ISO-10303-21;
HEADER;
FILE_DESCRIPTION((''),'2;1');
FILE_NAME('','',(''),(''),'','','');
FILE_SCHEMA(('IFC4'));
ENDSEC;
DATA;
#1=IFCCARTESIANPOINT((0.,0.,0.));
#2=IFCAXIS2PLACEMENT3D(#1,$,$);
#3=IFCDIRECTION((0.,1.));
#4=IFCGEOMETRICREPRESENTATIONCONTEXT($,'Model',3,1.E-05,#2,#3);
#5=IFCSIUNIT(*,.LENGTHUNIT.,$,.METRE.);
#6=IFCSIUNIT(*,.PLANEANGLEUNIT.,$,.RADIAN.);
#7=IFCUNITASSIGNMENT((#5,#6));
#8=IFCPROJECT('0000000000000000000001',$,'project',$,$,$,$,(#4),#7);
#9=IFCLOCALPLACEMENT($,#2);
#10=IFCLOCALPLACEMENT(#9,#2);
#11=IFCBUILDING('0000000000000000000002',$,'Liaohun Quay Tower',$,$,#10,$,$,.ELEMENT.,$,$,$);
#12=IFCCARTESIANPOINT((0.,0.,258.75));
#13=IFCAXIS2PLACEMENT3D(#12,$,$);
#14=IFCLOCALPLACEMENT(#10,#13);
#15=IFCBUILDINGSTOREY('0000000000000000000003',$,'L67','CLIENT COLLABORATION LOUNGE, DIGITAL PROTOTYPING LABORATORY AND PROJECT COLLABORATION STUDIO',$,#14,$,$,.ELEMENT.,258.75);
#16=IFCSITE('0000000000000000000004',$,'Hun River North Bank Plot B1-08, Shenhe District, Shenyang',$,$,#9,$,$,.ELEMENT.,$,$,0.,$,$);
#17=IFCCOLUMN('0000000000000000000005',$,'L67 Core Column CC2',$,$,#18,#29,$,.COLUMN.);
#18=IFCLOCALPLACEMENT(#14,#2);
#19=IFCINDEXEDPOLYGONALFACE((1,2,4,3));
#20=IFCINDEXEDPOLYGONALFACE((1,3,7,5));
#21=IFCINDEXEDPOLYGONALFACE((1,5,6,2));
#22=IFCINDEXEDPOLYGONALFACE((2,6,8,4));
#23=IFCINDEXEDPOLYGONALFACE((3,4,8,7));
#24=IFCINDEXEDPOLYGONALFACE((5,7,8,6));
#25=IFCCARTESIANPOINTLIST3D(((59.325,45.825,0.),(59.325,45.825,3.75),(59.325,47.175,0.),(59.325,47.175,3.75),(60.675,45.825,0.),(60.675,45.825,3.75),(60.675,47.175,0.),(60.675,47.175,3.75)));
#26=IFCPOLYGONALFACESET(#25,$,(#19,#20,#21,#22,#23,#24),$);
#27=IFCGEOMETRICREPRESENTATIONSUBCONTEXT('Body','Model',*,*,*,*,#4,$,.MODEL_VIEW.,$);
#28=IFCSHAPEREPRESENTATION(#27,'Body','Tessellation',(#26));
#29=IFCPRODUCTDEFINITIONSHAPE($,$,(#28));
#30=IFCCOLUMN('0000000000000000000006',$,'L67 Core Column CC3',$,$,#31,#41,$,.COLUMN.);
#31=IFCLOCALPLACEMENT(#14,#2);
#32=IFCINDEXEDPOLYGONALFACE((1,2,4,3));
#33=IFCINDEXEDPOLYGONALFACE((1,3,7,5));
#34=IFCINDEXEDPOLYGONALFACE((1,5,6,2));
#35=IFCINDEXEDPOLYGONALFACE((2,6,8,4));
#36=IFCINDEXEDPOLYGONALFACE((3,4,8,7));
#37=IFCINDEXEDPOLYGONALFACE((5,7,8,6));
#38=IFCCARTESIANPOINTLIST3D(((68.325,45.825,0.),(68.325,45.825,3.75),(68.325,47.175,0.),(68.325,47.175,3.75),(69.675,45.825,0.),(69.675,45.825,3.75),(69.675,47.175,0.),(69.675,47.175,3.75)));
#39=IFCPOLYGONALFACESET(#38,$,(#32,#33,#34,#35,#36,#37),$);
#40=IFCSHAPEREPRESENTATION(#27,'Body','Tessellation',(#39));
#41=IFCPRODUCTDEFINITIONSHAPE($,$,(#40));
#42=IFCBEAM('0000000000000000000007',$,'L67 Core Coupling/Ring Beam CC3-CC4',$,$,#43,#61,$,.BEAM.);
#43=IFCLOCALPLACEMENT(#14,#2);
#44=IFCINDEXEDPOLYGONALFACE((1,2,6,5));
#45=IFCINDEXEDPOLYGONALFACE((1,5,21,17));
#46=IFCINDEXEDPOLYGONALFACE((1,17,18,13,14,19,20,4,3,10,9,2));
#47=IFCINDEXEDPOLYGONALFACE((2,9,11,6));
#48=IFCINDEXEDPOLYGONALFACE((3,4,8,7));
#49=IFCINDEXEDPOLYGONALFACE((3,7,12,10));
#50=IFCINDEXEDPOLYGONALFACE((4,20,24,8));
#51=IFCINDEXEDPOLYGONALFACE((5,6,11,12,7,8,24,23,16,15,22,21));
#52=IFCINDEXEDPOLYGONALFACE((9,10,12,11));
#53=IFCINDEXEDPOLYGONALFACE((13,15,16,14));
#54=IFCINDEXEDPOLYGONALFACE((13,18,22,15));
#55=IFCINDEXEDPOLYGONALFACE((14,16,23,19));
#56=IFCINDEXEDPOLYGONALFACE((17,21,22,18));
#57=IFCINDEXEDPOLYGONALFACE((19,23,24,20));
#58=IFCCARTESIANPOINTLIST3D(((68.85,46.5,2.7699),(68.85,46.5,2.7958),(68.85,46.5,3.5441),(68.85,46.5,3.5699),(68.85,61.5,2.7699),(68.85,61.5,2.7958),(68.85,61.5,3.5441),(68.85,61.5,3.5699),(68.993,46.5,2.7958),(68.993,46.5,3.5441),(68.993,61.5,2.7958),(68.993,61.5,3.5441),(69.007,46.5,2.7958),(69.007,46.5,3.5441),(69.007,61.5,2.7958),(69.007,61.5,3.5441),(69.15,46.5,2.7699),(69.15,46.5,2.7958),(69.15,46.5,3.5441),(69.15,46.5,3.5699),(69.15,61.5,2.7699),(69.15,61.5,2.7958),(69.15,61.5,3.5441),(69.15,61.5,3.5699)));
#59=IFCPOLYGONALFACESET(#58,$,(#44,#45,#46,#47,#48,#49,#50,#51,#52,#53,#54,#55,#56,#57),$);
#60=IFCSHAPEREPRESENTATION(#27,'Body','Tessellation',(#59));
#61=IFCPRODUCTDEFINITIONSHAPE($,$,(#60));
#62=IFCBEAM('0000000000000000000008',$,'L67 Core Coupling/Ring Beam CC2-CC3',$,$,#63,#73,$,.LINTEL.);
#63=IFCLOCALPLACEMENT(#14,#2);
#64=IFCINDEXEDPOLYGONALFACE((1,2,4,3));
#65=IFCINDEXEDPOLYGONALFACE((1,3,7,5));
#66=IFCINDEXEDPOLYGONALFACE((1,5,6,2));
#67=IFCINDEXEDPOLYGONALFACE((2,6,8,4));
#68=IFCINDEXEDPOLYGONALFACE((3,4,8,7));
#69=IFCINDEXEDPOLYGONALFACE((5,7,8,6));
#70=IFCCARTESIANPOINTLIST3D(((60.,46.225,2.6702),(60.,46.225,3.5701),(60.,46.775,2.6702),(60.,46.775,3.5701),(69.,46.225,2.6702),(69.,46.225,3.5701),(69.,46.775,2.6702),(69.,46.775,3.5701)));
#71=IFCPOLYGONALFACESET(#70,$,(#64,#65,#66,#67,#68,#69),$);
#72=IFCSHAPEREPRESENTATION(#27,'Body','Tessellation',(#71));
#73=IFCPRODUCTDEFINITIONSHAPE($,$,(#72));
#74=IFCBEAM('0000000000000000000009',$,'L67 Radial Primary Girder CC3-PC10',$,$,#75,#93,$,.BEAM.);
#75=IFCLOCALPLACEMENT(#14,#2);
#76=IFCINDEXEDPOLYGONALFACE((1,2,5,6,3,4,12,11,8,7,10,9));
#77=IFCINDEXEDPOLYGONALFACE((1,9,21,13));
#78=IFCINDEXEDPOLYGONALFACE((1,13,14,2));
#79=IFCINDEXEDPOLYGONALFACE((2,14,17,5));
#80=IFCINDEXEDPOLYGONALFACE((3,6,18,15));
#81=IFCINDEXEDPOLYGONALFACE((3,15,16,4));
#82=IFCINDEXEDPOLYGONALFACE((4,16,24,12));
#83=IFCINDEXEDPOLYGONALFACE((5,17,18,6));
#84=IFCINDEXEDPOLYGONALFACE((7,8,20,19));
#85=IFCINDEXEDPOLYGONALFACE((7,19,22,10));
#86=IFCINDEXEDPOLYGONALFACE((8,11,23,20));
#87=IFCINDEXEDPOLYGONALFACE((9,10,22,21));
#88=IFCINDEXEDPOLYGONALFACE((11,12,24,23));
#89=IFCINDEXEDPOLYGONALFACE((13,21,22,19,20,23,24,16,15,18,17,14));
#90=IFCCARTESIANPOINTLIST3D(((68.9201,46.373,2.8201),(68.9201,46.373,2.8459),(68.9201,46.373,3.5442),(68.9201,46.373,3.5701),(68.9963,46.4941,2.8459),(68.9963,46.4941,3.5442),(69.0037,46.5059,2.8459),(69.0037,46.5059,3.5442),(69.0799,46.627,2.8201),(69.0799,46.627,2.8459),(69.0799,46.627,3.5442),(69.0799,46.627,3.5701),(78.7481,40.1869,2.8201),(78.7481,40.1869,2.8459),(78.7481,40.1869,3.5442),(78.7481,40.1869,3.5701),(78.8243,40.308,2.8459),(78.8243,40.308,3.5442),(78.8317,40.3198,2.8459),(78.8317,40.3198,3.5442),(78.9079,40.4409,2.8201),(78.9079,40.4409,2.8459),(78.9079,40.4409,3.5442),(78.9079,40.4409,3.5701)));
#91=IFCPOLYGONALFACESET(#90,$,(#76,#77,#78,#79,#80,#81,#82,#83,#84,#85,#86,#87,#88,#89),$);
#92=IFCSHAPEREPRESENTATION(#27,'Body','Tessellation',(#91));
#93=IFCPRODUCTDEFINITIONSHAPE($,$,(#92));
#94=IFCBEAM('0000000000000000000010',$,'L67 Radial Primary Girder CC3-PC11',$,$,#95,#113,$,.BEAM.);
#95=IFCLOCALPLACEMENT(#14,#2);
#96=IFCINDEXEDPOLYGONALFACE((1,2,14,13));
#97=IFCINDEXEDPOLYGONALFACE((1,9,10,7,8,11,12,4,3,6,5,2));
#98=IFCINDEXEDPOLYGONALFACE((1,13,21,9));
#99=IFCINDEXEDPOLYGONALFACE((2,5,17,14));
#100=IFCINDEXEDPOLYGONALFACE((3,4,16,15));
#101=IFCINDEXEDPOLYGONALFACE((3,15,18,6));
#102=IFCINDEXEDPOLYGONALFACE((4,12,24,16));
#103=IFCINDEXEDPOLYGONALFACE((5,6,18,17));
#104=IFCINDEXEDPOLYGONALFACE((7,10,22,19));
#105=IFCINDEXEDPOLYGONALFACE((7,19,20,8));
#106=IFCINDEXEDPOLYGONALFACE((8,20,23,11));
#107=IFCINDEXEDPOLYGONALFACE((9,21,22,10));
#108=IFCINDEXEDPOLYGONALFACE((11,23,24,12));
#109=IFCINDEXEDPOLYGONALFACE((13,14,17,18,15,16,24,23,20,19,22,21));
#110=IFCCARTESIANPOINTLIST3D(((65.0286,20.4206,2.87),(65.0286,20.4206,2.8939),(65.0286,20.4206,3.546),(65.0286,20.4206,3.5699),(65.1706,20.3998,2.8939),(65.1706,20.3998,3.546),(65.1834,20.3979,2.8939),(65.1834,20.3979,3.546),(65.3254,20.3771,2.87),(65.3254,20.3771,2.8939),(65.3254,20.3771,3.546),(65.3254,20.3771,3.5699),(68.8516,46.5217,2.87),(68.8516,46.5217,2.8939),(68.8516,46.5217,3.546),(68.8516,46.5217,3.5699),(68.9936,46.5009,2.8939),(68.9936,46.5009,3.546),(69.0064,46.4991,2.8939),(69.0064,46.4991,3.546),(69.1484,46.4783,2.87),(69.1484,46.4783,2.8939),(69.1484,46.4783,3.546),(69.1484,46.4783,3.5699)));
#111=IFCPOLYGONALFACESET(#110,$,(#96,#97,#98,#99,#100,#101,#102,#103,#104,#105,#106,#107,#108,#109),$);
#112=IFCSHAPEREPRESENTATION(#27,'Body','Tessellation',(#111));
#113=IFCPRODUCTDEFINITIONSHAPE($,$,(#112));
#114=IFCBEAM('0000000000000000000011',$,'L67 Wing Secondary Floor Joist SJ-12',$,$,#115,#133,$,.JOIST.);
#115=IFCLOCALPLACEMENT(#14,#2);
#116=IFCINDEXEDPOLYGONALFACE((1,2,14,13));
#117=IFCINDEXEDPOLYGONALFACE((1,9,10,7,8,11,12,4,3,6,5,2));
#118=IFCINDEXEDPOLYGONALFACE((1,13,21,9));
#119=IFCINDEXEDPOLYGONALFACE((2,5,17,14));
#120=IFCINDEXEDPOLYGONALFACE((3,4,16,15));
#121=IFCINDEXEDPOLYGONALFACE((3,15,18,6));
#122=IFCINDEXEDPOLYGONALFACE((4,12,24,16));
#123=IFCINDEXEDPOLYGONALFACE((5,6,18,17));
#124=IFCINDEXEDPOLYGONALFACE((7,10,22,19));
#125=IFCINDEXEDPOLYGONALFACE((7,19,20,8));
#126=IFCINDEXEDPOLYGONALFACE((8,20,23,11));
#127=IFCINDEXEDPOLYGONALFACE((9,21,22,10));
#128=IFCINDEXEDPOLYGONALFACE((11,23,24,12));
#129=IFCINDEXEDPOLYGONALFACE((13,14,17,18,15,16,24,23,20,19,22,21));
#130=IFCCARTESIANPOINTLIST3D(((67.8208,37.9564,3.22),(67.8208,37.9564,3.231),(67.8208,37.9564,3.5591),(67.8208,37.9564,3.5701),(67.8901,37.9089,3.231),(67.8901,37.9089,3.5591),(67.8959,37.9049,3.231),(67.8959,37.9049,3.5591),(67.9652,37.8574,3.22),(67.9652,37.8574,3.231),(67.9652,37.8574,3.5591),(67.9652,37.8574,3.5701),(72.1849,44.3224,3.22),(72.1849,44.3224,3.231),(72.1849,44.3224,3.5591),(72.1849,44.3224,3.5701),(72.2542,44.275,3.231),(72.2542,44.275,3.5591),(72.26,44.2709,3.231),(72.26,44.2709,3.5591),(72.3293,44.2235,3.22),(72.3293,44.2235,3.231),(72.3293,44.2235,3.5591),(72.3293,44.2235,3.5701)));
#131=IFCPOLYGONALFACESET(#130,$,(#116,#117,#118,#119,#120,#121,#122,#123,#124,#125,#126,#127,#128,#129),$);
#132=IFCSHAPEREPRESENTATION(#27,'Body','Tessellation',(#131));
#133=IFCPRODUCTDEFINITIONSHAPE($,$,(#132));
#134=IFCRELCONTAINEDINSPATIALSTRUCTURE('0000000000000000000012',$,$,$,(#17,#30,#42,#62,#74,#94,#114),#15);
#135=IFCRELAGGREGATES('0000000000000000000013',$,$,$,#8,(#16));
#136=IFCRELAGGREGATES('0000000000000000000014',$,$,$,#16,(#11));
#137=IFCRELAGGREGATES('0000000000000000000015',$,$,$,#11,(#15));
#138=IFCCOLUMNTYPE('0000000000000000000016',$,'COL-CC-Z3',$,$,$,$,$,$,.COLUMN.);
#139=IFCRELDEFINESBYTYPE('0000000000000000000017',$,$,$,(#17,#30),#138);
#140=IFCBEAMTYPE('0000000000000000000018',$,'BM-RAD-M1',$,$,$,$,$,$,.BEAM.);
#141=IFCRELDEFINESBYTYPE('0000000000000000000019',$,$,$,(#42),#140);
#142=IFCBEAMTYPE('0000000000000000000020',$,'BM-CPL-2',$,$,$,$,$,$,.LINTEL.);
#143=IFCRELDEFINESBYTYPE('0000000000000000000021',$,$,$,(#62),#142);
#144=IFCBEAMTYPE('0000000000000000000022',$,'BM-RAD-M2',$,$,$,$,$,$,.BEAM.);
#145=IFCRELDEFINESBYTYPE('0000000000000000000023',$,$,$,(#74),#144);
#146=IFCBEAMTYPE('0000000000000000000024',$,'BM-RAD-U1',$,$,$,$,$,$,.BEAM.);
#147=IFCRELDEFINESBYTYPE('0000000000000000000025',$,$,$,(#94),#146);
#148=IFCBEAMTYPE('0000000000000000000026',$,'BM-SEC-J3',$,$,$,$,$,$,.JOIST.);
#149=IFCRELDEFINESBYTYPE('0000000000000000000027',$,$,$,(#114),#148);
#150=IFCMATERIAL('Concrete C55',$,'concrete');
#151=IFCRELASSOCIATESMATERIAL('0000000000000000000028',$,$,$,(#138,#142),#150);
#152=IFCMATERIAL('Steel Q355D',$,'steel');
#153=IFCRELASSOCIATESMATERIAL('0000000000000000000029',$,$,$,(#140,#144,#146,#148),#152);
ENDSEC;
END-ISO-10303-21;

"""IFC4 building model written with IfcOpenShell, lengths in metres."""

from ifc_helpers import new_model, si_unit, direction, frame, origin, origin_2d, place, context, subcontext, project, spatial, rectangle, i_section, extrude, source, transform, mapped, material, material_profile, profile_set, type_object, element, save


model = new_model("IFC4")

# Units and contexts
model_context = context("Model", 3, precision=1e-05, world=origin(), true_north=direction((0.0, 1.0)))
body_context = subcontext(model_context, "Body", "Model", "MODEL_VIEW")
ifc_project = project(units=[si_unit("LENGTHUNIT", "METRE"), si_unit("PLANEANGLEUNIT", "RADIAN")], contexts=[model_context])

# Site, building, storey
site_placement = place(None, origin())
site = spatial("IfcSite", under=ifc_project, at=site_placement, Name="Hun River North Bank Plot B1-08, Shenhe District, Shenyang", CompositionType="ELEMENT", RefElevation=0.0)
building_placement = place(site_placement, origin())
building = spatial("IfcBuilding", under=site, at=building_placement, Name="Liaohun Quay Tower", CompositionType="ELEMENT")
storey_placement = place(building_placement, frame((0.0, 0.0, 258.75)))
storey = spatial("IfcBuildingStorey", under=building, at=storey_placement, Name="L67", Description="CLIENT COLLABORATION LOUNGE, DIGITAL PROTOTYPING LABORATORY AND PROJECT COLLABORATION STUDIO", CompositionType="ELEMENT", Elevation=258.75)

# Columns
ifc_material_1 = material(Name="Concrete C55", Category="concrete")
ifc_material_profile_1 = material_profile(ifc_material_1, rectangle(XDim=1.3501, YDim=1.3501, at=origin_2d()), Name="RC1350x1350")
ifc_profile_set_1 = profile_set([ifc_material_profile_1], Name="Concrete C55")
column_type = type_object("IfcColumnType", Name="COL-CC-Z3", PredefinedType="COLUMN", material=ifc_profile_set_1)
shared_shape_1 = source(origin(), body_context, "Body", "SweptSolid", [
    extrude(rectangle(XDim=1.3501, YDim=1.3501, at=origin_2d()), origin(), (0.0, 0.0, 1.0), 3.75),
])
for number, where, z_axis, x_axis, name in (
    (1, (60.0, 46.5, 0.0), (0.0, 0.0, 1.0), (1.0, 0.0, 0.0), "L67 Core Column CC2"),
    (2, (69.0, 46.5, 0.0), (0.0, 0.0, 1.0), (1.0, 0.0, 0.0), "L67 Core Column CC3"),
):
    element("IfcColumn", number, at=place(storey_placement, frame(where, z_axis=z_axis, x_axis=x_axis)), inside=storey, type_object=column_type, Name=name, PredefinedType="COLUMN", context=body_context, shape_type="MappedRepresentation", body=[
        mapped(shared_shape_1, transform((0.0, 0.0, 0.0), x_axis=(1.0, 0.0, 0.0), y_axis=(0.0, 1.0, 0.0), z_axis=(0.0, 0.0, 1.0), scale=1.0)),
    ])

# Beams
ifc_material_2 = material(Name="Steel Q355D", Category="steel")
ifc_material_profile_2 = material_profile(ifc_material_2, i_section(OverallWidth=0.3, OverallDepth=0.8, WebThickness=0.0139, FlangeThickness=0.0259, at=origin_2d()), Name="HN800x300x14x26")
ifc_profile_set_2 = profile_set([ifc_material_profile_2], Name="Steel Q355D")
beam_type_1 = type_object("IfcBeamType", Name="BM-RAD-M1", PredefinedType="BEAM", material=ifc_profile_set_2)
shared_shape_2 = source(origin(), body_context, "Body", "SweptSolid", [
    extrude(i_section(OverallWidth=0.3, OverallDepth=0.8, WebThickness=0.0139, FlangeThickness=0.0259, at=origin_2d()), origin(), (0.0, 0.0, 1.0), 15.0),
])
beam_1_placement = place(storey_placement, frame((69.0, 46.5, 3.1699), z_axis=(0.0, 1.0, 0.0), x_axis=(-1.0, 0.0, 0.0)))
element("IfcBeam", 3, at=beam_1_placement, inside=storey, type_object=beam_type_1, Name="L67 Core Coupling/Ring Beam CC3-CC4", PredefinedType="BEAM", context=body_context, shape_type="MappedRepresentation", body=[
    mapped(shared_shape_2, transform((0.0, 0.0, 0.0), x_axis=(1.0, 0.0, 0.0), y_axis=(0.0, 1.0, 0.0), z_axis=(0.0, 0.0, 1.0), scale=1.0)),
])
ifc_material_profile_3 = material_profile(ifc_material_1, rectangle(XDim=0.55, YDim=0.8999, at=origin_2d()), Name="RC550x900")
ifc_profile_set_3 = profile_set([ifc_material_profile_3], Name="Concrete C55")
beam_type_2 = type_object("IfcBeamType", Name="BM-CPL-2", PredefinedType="LINTEL", material=ifc_profile_set_3)
shared_shape_3 = source(origin(), body_context, "Body", "SweptSolid", [
    extrude(rectangle(XDim=0.55, YDim=0.8999, at=origin_2d()), origin(), (0.0, 0.0, 1.0), 9.0),
])
beam_2_placement = place(storey_placement, frame((60.0, 46.5, 3.1201), z_axis=(1.0, 0.0, 0.0), x_axis=(0.0, 1.0, 0.0)))
element("IfcBeam", 4, at=beam_2_placement, inside=storey, type_object=beam_type_2, Name="L67 Core Coupling/Ring Beam CC2-CC3", PredefinedType="LINTEL", context=body_context, shape_type="MappedRepresentation", body=[
    mapped(shared_shape_3, transform((0.0, 0.0, 0.0), x_axis=(1.0, 0.0, 0.0), y_axis=(0.0, 1.0, 0.0), z_axis=(0.0, 0.0, 1.0), scale=1.0)),
])
ifc_material_profile_4 = material_profile(ifc_material_2, i_section(OverallWidth=0.3, OverallDepth=0.75, WebThickness=0.0139, FlangeThickness=0.0259, at=origin_2d()), Name="HN750x300x14x26")
ifc_profile_set_4 = profile_set([ifc_material_profile_4], Name="Steel Q355D")
beam_type_3 = type_object("IfcBeamType", Name="BM-RAD-M2", PredefinedType="BEAM", material=ifc_profile_set_4)
shared_shape_4 = source(origin(), body_context, "Body", "SweptSolid", [
    extrude(i_section(OverallWidth=0.3, OverallDepth=0.75, WebThickness=0.0139, FlangeThickness=0.0259, at=origin_2d()), origin(), (0.0, 0.0, 1.0), 11.6128),
])
beam_3_placement = place(storey_placement, frame((69.0, 46.5, 3.1951), z_axis=(0.846306, -0.532697, 0.0), x_axis=(0.532697, 0.846306, 0.0)))
element("IfcBeam", 5, at=beam_3_placement, inside=storey, type_object=beam_type_3, Name="L67 Radial Primary Girder CC3-PC10", PredefinedType="BEAM", context=body_context, shape_type="MappedRepresentation", body=[
    mapped(shared_shape_4, transform((0.0, 0.0, 0.0), x_axis=(1.0, 0.0, 0.0), y_axis=(0.0, 1.0, 0.0), z_axis=(0.0, 0.0, 1.0), scale=1.0)),
])
ifc_material_profile_5 = material_profile(ifc_material_2, i_section(OverallWidth=0.3, OverallDepth=0.7, WebThickness=0.0129, FlangeThickness=0.0239, at=origin_2d()), Name="HN700x300x13x24")
ifc_profile_set_5 = profile_set([ifc_material_profile_5], Name="Steel Q355D")
beam_type_4 = type_object("IfcBeamType", Name="BM-RAD-U1", PredefinedType="BEAM", material=ifc_profile_set_5)
shared_shape_5 = source(origin(), body_context, "Body", "SweptSolid", [
    extrude(i_section(OverallWidth=0.3, OverallDepth=0.7, WebThickness=0.0129, FlangeThickness=0.0239, at=origin_2d()), origin(), (0.0, 0.0, 1.0), 26.3796),
])
beam_4_placement = place(storey_placement, frame((69.0, 46.5, 3.22), z_axis=(-0.144923, -0.989443, 0.0), x_axis=(0.989443, -0.144923, 0.0)))
element("IfcBeam", 6, at=beam_4_placement, inside=storey, type_object=beam_type_4, Name="L67 Radial Primary Girder CC3-PC11", PredefinedType="BEAM", context=body_context, shape_type="MappedRepresentation", body=[
    mapped(shared_shape_5, transform((0.0, 0.0, 0.0), x_axis=(1.0, 0.0, 0.0), y_axis=(0.0, 1.0, 0.0), z_axis=(0.0, 0.0, 1.0), scale=1.0)),
])
ifc_material_profile_6 = material_profile(ifc_material_2, i_section(OverallWidth=0.175, OverallDepth=0.3501, WebThickness=0.0071, FlangeThickness=0.011, at=origin_2d()), Name="HN350x175x7x11")
ifc_profile_set_6 = profile_set([ifc_material_profile_6], Name="Steel Q355D")
beam_type_5 = type_object("IfcBeamType", Name="BM-SEC-J3", PredefinedType="JOIST", material=ifc_profile_set_6)
shared_shape_6 = source(origin(), body_context, "Body", "SweptSolid", [
    extrude(i_section(OverallWidth=0.175, OverallDepth=0.3501, WebThickness=0.0071, FlangeThickness=0.011, at=origin_2d()), origin(), (0.0, 0.0, 1.0), 7.7183),
])
beam_5_placement = place(storey_placement, frame((72.2571, 44.2729, 3.395), z_axis=(-0.565421, -0.824803, 0.0), x_axis=(0.824803, -0.565421, 0.0)))
element("IfcBeam", 7, at=beam_5_placement, inside=storey, type_object=beam_type_5, Name="L67 Wing Secondary Floor Joist SJ-12", PredefinedType="JOIST", context=body_context, shape_type="MappedRepresentation", body=[
    mapped(shared_shape_6, transform((0.0, 0.0, 0.0), x_axis=(1.0, 0.0, 0.0), y_axis=(0.0, 1.0, 0.0), z_axis=(0.0, 0.0, 1.0), scale=1.0)),
])

save(model, "model.ifc")
